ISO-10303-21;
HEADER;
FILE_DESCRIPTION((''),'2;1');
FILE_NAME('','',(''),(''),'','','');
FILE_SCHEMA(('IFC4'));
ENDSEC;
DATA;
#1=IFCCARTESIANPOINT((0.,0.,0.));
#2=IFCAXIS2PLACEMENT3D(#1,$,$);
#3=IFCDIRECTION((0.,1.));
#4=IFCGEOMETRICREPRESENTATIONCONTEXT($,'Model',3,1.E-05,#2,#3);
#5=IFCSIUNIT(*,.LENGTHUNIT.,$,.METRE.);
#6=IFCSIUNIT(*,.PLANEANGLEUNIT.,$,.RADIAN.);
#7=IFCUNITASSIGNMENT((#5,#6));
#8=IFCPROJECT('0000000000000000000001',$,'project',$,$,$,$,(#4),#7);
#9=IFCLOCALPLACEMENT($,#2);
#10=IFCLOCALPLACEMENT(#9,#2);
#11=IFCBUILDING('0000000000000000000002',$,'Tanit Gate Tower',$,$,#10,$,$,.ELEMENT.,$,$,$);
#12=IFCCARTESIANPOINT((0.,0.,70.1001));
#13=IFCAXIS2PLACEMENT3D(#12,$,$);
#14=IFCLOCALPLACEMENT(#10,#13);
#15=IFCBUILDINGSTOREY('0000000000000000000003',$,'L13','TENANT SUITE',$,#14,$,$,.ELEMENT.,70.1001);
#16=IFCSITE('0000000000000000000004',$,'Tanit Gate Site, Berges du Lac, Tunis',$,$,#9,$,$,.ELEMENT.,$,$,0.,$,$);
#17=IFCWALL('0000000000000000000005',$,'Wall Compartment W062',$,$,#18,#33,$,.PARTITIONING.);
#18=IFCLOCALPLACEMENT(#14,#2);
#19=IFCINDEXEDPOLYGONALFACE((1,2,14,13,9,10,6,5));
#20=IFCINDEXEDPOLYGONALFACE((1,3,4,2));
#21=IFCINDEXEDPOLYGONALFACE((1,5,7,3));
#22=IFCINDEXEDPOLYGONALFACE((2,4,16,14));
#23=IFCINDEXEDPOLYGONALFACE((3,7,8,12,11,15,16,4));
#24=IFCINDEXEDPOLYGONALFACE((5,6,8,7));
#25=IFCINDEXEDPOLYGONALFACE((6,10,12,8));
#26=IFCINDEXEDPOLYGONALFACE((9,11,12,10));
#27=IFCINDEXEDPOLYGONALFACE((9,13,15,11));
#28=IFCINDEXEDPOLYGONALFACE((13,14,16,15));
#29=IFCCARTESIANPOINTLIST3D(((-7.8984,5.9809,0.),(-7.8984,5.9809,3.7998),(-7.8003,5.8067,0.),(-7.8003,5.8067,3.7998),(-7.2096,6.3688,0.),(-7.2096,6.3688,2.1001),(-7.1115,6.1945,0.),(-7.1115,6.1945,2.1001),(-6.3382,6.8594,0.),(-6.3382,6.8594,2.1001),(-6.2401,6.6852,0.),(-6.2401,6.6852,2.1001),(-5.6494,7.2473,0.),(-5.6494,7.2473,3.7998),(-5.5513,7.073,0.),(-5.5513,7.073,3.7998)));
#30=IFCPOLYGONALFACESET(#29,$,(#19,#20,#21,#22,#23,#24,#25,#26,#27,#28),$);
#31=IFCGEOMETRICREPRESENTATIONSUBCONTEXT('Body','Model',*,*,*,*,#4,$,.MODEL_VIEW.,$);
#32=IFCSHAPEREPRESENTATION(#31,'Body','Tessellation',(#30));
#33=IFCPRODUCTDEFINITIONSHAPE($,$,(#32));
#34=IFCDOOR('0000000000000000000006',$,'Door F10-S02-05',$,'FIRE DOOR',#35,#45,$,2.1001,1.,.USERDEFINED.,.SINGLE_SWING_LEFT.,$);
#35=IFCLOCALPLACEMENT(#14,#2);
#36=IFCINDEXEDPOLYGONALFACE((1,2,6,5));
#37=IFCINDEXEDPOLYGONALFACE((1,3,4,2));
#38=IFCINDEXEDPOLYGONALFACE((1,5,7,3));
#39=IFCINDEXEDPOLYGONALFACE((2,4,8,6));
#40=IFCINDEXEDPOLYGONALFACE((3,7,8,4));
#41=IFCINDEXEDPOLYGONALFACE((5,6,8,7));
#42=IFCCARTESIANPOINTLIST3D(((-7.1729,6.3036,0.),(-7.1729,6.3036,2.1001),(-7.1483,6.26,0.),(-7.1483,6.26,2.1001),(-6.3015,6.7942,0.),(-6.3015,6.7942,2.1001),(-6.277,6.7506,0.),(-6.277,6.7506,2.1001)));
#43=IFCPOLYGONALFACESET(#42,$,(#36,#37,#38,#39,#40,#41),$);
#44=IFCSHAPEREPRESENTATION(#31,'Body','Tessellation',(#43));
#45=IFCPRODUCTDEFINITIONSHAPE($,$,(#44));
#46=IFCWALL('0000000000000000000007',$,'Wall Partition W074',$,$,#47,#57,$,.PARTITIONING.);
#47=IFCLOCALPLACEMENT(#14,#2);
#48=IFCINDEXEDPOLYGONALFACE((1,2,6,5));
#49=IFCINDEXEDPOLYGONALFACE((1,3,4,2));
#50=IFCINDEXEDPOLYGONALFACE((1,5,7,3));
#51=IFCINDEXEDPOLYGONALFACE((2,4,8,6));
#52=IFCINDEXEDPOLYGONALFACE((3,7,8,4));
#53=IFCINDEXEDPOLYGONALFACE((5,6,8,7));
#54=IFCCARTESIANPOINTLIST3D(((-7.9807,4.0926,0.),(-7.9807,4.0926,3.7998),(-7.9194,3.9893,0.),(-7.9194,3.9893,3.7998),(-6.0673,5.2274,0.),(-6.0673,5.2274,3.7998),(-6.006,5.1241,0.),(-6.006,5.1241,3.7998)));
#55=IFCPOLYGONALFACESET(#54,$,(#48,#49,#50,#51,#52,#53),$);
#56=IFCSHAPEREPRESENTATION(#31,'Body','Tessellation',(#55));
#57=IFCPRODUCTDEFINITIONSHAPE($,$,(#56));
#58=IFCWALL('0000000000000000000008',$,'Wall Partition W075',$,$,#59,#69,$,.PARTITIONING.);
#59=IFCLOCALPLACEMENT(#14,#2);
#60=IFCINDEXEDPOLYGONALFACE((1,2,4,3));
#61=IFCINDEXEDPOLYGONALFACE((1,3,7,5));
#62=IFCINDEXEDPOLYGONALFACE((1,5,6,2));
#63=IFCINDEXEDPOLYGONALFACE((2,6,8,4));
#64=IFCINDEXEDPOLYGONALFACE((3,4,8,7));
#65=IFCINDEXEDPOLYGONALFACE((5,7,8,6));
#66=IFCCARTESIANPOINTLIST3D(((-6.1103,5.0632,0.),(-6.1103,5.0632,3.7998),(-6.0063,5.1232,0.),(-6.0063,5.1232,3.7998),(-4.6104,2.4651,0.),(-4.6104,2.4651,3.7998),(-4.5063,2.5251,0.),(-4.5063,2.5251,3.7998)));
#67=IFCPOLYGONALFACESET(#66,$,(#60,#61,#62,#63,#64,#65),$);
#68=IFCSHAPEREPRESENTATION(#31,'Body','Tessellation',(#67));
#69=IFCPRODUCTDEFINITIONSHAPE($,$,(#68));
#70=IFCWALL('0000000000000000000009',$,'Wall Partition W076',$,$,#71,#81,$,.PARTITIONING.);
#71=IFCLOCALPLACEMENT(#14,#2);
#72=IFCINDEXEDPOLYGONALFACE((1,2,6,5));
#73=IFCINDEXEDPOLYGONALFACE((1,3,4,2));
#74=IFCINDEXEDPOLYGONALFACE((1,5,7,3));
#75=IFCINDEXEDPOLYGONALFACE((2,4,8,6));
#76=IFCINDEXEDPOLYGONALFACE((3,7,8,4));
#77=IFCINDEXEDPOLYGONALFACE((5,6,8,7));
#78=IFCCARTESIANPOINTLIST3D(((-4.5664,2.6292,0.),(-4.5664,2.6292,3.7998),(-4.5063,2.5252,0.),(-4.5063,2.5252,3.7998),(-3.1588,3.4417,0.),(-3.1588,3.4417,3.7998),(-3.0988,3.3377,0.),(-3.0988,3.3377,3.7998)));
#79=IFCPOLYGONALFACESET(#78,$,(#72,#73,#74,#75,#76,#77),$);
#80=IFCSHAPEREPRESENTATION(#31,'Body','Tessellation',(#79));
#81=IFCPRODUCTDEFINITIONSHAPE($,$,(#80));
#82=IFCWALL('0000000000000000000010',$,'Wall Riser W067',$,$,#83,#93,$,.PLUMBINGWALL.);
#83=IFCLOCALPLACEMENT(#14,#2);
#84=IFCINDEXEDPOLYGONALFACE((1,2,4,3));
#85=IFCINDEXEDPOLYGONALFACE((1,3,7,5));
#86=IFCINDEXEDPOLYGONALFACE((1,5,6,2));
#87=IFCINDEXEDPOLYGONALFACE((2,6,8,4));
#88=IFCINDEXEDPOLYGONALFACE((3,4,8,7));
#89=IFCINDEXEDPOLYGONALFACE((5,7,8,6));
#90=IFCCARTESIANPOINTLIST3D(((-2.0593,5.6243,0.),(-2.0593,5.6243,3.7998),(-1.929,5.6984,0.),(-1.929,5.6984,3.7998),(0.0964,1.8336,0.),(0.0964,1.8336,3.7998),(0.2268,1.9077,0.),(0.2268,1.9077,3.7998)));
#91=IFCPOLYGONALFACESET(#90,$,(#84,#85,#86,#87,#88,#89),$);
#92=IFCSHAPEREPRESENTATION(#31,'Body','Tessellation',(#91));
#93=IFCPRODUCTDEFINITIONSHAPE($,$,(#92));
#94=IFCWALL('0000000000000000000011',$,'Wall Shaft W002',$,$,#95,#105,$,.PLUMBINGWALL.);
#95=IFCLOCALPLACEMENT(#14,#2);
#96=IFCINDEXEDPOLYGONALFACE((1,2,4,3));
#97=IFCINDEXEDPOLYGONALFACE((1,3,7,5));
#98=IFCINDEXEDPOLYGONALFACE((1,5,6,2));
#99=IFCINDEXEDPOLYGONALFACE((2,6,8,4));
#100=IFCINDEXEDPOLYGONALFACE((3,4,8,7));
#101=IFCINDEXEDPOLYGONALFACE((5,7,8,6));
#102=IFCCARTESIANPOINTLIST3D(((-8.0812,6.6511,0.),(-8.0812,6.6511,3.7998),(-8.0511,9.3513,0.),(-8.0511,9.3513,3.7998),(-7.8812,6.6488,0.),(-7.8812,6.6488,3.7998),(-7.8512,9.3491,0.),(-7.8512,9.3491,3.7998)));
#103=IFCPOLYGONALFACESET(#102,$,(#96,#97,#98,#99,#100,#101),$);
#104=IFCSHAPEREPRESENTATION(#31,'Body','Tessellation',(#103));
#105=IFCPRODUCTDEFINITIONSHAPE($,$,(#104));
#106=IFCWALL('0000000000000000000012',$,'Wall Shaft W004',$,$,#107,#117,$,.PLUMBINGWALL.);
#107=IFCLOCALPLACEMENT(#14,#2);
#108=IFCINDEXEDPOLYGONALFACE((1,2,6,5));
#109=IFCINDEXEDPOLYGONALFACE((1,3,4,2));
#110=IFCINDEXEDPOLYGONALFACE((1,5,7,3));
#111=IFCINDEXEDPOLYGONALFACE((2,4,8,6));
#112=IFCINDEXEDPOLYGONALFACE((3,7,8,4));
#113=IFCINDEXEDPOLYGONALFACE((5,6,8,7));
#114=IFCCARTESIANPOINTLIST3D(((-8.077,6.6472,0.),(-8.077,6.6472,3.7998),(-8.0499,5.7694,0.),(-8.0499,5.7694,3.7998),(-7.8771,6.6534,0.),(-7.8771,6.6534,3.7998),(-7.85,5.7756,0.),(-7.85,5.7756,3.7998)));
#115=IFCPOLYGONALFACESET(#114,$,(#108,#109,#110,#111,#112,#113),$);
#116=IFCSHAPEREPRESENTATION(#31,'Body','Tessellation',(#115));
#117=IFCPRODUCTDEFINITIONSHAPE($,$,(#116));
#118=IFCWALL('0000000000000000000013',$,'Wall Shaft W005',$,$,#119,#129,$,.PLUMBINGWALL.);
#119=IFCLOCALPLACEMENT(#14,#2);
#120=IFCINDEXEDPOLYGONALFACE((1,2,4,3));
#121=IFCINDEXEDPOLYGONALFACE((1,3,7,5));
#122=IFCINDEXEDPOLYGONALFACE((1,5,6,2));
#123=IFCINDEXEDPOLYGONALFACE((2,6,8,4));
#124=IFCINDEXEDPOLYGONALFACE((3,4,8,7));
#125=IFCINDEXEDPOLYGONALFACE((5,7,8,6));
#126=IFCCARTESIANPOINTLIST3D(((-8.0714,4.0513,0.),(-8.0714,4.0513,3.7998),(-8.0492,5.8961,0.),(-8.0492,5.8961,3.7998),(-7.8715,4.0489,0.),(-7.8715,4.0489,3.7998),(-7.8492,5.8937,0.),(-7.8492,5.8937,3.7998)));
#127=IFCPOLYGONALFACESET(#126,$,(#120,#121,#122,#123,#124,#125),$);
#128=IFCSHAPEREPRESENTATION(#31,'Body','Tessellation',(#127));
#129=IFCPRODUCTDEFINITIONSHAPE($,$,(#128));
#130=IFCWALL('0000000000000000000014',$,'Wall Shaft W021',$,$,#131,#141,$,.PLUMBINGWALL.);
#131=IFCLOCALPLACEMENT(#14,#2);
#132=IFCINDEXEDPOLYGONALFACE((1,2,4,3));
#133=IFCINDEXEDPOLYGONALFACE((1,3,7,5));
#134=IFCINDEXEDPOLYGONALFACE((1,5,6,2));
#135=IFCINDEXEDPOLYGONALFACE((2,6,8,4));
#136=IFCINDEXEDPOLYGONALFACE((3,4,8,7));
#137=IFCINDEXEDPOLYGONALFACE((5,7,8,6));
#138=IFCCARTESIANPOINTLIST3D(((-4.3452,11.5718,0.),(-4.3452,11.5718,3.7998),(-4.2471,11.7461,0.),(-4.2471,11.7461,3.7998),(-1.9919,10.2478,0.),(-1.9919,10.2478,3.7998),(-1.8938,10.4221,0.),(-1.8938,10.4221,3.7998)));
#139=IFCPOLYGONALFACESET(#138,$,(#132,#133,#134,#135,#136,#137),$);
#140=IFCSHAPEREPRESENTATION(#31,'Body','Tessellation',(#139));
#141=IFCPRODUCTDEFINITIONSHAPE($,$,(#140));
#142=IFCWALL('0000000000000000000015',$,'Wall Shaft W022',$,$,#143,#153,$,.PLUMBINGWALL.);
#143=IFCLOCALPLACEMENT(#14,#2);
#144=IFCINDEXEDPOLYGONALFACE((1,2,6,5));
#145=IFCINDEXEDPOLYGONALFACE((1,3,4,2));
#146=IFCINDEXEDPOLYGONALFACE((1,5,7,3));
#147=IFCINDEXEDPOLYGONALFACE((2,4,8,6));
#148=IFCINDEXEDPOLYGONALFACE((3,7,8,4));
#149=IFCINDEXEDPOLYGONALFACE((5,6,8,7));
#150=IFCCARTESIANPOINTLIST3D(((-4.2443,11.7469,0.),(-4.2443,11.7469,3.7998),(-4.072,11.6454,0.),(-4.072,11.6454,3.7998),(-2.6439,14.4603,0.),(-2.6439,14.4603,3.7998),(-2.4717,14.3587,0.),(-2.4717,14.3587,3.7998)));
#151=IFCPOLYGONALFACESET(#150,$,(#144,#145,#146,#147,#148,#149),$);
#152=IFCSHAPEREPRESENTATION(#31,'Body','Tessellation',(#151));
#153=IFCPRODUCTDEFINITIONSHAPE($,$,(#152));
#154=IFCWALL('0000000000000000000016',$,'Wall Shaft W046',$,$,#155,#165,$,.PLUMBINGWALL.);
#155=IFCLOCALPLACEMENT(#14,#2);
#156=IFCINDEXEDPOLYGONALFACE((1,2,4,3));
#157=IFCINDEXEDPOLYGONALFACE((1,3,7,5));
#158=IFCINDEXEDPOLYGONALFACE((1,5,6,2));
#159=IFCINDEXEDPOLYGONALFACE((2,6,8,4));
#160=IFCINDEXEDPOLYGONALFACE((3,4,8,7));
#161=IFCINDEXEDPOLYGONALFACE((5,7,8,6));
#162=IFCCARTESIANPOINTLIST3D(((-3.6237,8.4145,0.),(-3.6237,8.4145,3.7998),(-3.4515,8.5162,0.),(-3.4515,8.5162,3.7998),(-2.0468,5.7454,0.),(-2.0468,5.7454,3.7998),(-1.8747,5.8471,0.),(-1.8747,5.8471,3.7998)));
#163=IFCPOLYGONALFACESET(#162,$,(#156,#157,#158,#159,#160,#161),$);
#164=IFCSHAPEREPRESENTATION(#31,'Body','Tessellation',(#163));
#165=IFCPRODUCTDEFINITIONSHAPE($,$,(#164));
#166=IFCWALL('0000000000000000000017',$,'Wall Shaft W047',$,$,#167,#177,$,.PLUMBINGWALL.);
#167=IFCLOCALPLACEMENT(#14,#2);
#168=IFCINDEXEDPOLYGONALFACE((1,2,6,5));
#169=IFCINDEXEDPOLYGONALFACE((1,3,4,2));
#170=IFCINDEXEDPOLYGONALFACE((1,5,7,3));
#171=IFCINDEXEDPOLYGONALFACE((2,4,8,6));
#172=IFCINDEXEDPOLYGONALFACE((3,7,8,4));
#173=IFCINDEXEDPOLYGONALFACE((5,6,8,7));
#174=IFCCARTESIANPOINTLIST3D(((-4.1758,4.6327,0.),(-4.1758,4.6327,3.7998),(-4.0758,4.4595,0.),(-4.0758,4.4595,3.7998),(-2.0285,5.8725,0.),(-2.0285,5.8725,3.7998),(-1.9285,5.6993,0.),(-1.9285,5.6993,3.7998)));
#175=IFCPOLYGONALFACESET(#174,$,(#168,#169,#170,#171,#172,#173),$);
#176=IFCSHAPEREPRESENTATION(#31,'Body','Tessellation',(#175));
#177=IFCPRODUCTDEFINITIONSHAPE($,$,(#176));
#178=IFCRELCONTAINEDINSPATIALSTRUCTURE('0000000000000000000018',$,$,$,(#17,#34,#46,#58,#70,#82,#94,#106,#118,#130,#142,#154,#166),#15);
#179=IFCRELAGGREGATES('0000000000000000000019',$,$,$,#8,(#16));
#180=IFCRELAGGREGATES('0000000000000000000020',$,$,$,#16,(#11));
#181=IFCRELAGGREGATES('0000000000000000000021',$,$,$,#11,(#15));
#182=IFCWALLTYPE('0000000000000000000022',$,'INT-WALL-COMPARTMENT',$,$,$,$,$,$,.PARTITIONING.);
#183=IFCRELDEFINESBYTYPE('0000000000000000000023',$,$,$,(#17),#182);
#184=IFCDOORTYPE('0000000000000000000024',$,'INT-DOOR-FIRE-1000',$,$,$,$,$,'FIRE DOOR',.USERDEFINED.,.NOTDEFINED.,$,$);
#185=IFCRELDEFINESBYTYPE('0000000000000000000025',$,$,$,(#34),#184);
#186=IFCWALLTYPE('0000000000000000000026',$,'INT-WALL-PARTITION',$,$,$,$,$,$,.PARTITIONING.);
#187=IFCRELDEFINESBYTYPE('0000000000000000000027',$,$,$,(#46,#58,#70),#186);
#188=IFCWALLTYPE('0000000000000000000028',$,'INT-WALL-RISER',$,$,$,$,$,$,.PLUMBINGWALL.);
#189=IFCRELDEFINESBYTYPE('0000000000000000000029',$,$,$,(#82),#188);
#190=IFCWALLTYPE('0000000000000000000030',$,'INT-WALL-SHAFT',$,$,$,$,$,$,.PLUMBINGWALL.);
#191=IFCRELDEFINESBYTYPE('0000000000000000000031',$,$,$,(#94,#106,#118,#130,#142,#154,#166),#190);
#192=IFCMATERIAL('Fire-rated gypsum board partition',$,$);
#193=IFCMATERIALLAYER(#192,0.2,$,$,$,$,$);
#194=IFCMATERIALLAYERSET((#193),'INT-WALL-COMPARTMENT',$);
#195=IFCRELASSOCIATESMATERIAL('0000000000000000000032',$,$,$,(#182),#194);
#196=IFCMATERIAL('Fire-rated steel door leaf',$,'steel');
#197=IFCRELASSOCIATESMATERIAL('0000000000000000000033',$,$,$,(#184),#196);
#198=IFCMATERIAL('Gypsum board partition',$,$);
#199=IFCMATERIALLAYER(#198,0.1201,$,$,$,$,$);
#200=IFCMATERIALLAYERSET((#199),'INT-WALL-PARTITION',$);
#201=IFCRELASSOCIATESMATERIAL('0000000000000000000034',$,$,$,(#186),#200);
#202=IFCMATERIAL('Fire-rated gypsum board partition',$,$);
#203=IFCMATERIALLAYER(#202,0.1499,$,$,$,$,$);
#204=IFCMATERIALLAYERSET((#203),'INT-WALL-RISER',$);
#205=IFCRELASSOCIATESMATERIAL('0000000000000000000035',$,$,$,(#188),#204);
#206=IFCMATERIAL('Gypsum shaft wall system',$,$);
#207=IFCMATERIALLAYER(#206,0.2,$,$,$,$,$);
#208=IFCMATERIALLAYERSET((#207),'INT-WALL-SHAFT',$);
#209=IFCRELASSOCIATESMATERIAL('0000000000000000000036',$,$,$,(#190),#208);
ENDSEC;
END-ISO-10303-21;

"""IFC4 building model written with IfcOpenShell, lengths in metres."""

from ifc_helpers import new_model, si_unit, direction, frame, frame_2d, origin, place, context, subcontext, project, spatial, rectangle, extrude, material, layer, layer_set, type_object, element, fill, save


model = new_model("IFC4")

# Units and contexts
model_context = context("Model", 3, precision=1e-05, world=origin(), true_north=direction((0.0, 1.0)))
body_context = subcontext(model_context, "Body", "Model", "MODEL_VIEW")
ifc_project = project(units=[si_unit("LENGTHUNIT", "METRE"), si_unit("PLANEANGLEUNIT", "RADIAN")], contexts=[model_context])

# Site, building, storey
site_placement = place(None, origin())
site = spatial("IfcSite", under=ifc_project, at=site_placement, Name="Tanit Gate Site, Berges du Lac, Tunis", CompositionType="ELEMENT", RefElevation=0.0)
building_placement = place(site_placement, origin())
building = spatial("IfcBuilding", under=site, at=building_placement, Name="Tanit Gate Tower", CompositionType="ELEMENT")
storey_placement = place(building_placement, frame((0.0, 0.0, 70.1001)))
storey = spatial("IfcBuildingStorey", under=building, at=storey_placement, Name="L13", Description="TENANT SUITE", CompositionType="ELEMENT", Elevation=70.1001)

# Wall, opening, door
ifc_material_1 = material(Name="Fire-rated gypsum board partition")
ifc_layer_1 = layer(ifc_material_1, 0.2)
ifc_layer_set_1 = layer_set([ifc_layer_1], Name="INT-WALL-COMPARTMENT")
wall_type_1 = type_object("IfcWallType", Name="INT-WALL-COMPARTMENT", PredefinedType="PARTITIONING", material=ifc_layer_set_1)
wall_1_placement = place(storey_placement, frame((-5.6003, 7.1602, 0.0), z_axis=(0.0, 0.0, 1.0), x_axis=(-0.871363, -0.490638, 0.0)))
wall_1 = element("IfcWall", 1, at=wall_1_placement, inside=storey, type_object=wall_type_1, Name="Wall Compartment W062", PredefinedType="PARTITIONING", context=body_context, shape_type="SweptSolid", body=[
    extrude(rectangle(XDim=2.5811, YDim=0.2, at=frame_2d((1.2905, 0.0))), origin(), (0.0, 0.0, 1.0), 3.7998),
])
opening_1_placement = place(wall_1_placement, frame((0.7905, 0.0, 0.0)))
opening_1 = element("IfcOpeningElement", 2, at=opening_1_placement, cuts=wall_1, PredefinedType="OPENING", context=body_context, shape_type="SweptSolid", body=[
    extrude(rectangle(XDim=1.0, YDim=2.1001, at=frame_2d((0.5, 1.05))), frame((0.0, 0.1099, 0.0), z_axis=(0.0, -1.0, 0.0), x_axis=(1.0, 0.0, 0.0)), (0.0, 0.0, 1.0), 0.22),
])
ifc_material_2 = material(Name="Fire-rated steel door leaf", Category="steel")
door_type_1 = type_object("IfcDoorType", Name="INT-DOOR-FIRE-1000", ElementType="FIRE DOOR", OperationType="NOTDEFINED", PredefinedType="USERDEFINED", material=ifc_material_2)
door_1_placement = place(opening_1_placement, origin())
door_1 = element("IfcDoor", 3, at=door_1_placement, inside=storey, type_object=door_type_1, Name="Door F10-S02-05", ObjectType="FIRE DOOR", OperationType="SINGLE_SWING_LEFT", OverallHeight=2.1001, OverallWidth=1.0, PredefinedType="USERDEFINED", context=body_context, shape_type="SweptSolid", body=[
    extrude(rectangle(XDim=1.0, YDim=2.1001, at=frame_2d((0.5, 1.05))), frame((0.0, 0.0249, 0.0), z_axis=(0.0, -1.0, 0.0), x_axis=(1.0, 0.0, 0.0)), (0.0, 0.0, 1.0), 0.05),
])
fill(opening_1, door_1)

# Walls
ifc_material_3 = material(Name="Gypsum board partition")
ifc_layer_2 = layer(ifc_material_3, 0.1201)
ifc_layer_set_2 = layer_set([ifc_layer_2], Name="INT-WALL-PARTITION")
wall_type_2 = type_object("IfcWallType", Name="INT-WALL-PARTITION", PredefinedType="PARTITIONING", material=ifc_layer_set_2)
wall_2_placement = place(storey_placement, frame((-6.0366, 5.1758, 0.0), z_axis=(0.0, 0.0, 1.0), x_axis=(-0.860106, -0.510115, 0.0)))
element("IfcWall", 4, at=wall_2_placement, inside=storey, type_object=wall_type_2, Name="Wall Partition W074", PredefinedType="PARTITIONING", context=body_context, shape_type="SweptSolid", body=[
    extrude(rectangle(XDim=2.2246, YDim=0.1201, at=frame_2d((1.1123, 0.0))), origin(), (0.0, 0.0, 1.0), 3.7998),
])
wall_3_placement = place(storey_placement, frame((-4.5583, 2.4951, 0.0), z_axis=(0.0, 0.0, 1.0), x_axis=(-0.49999, 0.866031, 0.0)))
element("IfcWall", 5, at=wall_3_placement, inside=storey, type_object=wall_type_2, Name="Wall Partition W075", PredefinedType="PARTITIONING", context=body_context, shape_type="SweptSolid", body=[
    extrude(rectangle(XDim=3.0, YDim=0.1201, at=frame_2d((1.5, 0.0))), origin(), (0.0, 0.0, 1.0), 3.7998),
])
wall_4_placement = place(storey_placement, frame((-3.1289, 3.3896, 0.0), z_axis=(0.0, 0.0, 1.0), x_axis=(-0.866053, -0.499952, 0.0)))
element("IfcWall", 6, at=wall_4_placement, inside=storey, type_object=wall_type_2, Name="Wall Partition W076", PredefinedType="PARTITIONING", context=body_context, shape_type="SweptSolid", body=[
    extrude(rectangle(XDim=1.6252, YDim=0.1201, at=frame_2d((0.8125, 0.0))), origin(), (0.0, 0.0, 1.0), 3.7998),
])
ifc_material_4 = material(Name="Fire-rated gypsum board partition")
ifc_layer_3 = layer(ifc_material_4, 0.1499)
ifc_layer_set_3 = layer_set([ifc_layer_3], Name="INT-WALL-RISER")
wall_type_3 = type_object("IfcWallType", Name="INT-WALL-RISER", PredefinedType="PLUMBINGWALL", material=ifc_layer_set_3)
wall_5_placement = place(storey_placement, frame((-1.9941, 5.6614, 0.0), z_axis=(0.0, 0.0, 1.0), x_axis=(0.494341, -0.869268, 0.0)))
element("IfcWall", 7, at=wall_5_placement, inside=storey, type_object=wall_type_3, Name="Wall Riser W067", PredefinedType="PLUMBINGWALL", context=body_context, shape_type="SweptSolid", body=[
    extrude(rectangle(XDim=4.3608, YDim=0.1499, at=frame_2d((2.1804, 0.0))), origin(), (0.0, 0.0, 1.0), 3.7998),
])
ifc_material_5 = material(Name="Gypsum shaft wall system")
ifc_layer_4 = layer(ifc_material_5, 0.2)
ifc_layer_set_4 = layer_set([ifc_layer_4], Name="INT-WALL-SHAFT")
wall_type_4 = type_object("IfcWallType", Name="INT-WALL-SHAFT", PredefinedType="PLUMBINGWALL", material=ifc_layer_set_4)
wall_6_placement = place(storey_placement, frame((-7.9512, 9.3501, 0.0), z_axis=(0.0, 0.0, 1.0), x_axis=(-0.01112, -0.999938, 0.0)))
element("IfcWall", 8, at=wall_6_placement, inside=storey, type_object=wall_type_4, Name="Wall Shaft W002", PredefinedType="PLUMBINGWALL", context=body_context, shape_type="SweptSolid", body=[
    extrude(rectangle(XDim=2.7004, YDim=0.2, at=frame_2d((1.3501, 0.0))), origin(), (0.0, 0.0, 1.0), 3.7998),
])
wall_7_placement = place(storey_placement, frame((-7.9771, 6.6501, 0.0), z_axis=(0.0, 0.0, 1.0), x_axis=(0.030862, -0.999524, 0.0)))
element("IfcWall", 9, at=wall_7_placement, inside=storey, type_object=wall_type_4, Name="Wall Shaft W004", PredefinedType="PLUMBINGWALL", context=body_context, shape_type="SweptSolid", body=[
    extrude(rectangle(XDim=0.8782, YDim=0.2, at=frame_2d((0.439, 0.0))), origin(), (0.0, 0.0, 1.0), 3.7998),
])
wall_8_placement = place(storey_placement, frame((-7.9492, 5.8948, 0.0), z_axis=(0.0, 0.0, 1.0), x_axis=(-0.012043, -0.999927, 0.0)))
element("IfcWall", 10, at=wall_8_placement, inside=storey, type_object=wall_type_4, Name="Wall Shaft W005", PredefinedType="PLUMBINGWALL", context=body_context, shape_type="SweptSolid", body=[
    extrude(rectangle(XDim=1.845, YDim=0.2, at=frame_2d((0.9224, 0.0))), origin(), (0.0, 0.0, 1.0), 3.7998),
])
wall_9_placement = place(storey_placement, frame((-4.2961, 11.6589, 0.0), z_axis=(0.0, 0.0, 1.0), x_axis=(0.871534, -0.490334, 0.0)))
element("IfcWall", 11, at=wall_9_placement, inside=storey, type_object=wall_type_4, Name="Wall Shaft W021", PredefinedType="PLUMBINGWALL", context=body_context, shape_type="SweptSolid", body=[
    extrude(rectangle(XDim=2.7002, YDim=0.2, at=frame_2d((1.3501, 0.0))), origin(), (0.0, 0.0, 1.0), 3.7998),
])
wall_10_placement = place(storey_placement, frame((-4.1582, 11.696, 0.0), z_axis=(0.0, 0.0, 1.0), x_axis=(0.508019, 0.861346, 0.0)))
element("IfcWall", 12, at=wall_10_placement, inside=storey, type_object=wall_type_4, Name="Wall Shaft W022", PredefinedType="PLUMBINGWALL", context=body_context, shape_type="SweptSolid", body=[
    extrude(rectangle(XDim=3.1501, YDim=0.2, at=frame_2d((1.5752, 0.0))), origin(), (0.0, 0.0, 1.0), 3.7998),
])

# Walls
wall_11_placement = place(storey_placement, frame((-3.5376, 8.4653, 0.0), z_axis=(0.0, 0.0, 1.0), x_axis=(0.508647, -0.860975, 0.0)))
element("IfcWall", 13, at=wall_11_placement, inside=storey, type_object=wall_type_4, Name="Wall Shaft W046", PredefinedType="PLUMBINGWALL", context=body_context, shape_type="SweptSolid", body=[
    extrude(rectangle(XDim=3.1001, YDim=0.2, at=frame_2d((1.55, 0.0))), origin(), (0.0, 0.0, 1.0), 3.7998),
])
wall_12_placement = place(storey_placement, frame((-1.9785, 5.7859, 0.0), z_axis=(0.0, 0.0, 1.0), x_axis=(-0.866017, -0.500015, 0.0)))
element("IfcWall", 14, at=wall_12_placement, inside=storey, type_object=wall_type_4, Name="Wall Shaft W047", PredefinedType="PLUMBINGWALL", context=body_context, shape_type="SweptSolid", body=[
    extrude(rectangle(XDim=2.4795, YDim=0.2, at=frame_2d((1.2397, 0.0))), origin(), (0.0, 0.0, 1.0), 3.7998),
])

save(model, "model.ifc")
